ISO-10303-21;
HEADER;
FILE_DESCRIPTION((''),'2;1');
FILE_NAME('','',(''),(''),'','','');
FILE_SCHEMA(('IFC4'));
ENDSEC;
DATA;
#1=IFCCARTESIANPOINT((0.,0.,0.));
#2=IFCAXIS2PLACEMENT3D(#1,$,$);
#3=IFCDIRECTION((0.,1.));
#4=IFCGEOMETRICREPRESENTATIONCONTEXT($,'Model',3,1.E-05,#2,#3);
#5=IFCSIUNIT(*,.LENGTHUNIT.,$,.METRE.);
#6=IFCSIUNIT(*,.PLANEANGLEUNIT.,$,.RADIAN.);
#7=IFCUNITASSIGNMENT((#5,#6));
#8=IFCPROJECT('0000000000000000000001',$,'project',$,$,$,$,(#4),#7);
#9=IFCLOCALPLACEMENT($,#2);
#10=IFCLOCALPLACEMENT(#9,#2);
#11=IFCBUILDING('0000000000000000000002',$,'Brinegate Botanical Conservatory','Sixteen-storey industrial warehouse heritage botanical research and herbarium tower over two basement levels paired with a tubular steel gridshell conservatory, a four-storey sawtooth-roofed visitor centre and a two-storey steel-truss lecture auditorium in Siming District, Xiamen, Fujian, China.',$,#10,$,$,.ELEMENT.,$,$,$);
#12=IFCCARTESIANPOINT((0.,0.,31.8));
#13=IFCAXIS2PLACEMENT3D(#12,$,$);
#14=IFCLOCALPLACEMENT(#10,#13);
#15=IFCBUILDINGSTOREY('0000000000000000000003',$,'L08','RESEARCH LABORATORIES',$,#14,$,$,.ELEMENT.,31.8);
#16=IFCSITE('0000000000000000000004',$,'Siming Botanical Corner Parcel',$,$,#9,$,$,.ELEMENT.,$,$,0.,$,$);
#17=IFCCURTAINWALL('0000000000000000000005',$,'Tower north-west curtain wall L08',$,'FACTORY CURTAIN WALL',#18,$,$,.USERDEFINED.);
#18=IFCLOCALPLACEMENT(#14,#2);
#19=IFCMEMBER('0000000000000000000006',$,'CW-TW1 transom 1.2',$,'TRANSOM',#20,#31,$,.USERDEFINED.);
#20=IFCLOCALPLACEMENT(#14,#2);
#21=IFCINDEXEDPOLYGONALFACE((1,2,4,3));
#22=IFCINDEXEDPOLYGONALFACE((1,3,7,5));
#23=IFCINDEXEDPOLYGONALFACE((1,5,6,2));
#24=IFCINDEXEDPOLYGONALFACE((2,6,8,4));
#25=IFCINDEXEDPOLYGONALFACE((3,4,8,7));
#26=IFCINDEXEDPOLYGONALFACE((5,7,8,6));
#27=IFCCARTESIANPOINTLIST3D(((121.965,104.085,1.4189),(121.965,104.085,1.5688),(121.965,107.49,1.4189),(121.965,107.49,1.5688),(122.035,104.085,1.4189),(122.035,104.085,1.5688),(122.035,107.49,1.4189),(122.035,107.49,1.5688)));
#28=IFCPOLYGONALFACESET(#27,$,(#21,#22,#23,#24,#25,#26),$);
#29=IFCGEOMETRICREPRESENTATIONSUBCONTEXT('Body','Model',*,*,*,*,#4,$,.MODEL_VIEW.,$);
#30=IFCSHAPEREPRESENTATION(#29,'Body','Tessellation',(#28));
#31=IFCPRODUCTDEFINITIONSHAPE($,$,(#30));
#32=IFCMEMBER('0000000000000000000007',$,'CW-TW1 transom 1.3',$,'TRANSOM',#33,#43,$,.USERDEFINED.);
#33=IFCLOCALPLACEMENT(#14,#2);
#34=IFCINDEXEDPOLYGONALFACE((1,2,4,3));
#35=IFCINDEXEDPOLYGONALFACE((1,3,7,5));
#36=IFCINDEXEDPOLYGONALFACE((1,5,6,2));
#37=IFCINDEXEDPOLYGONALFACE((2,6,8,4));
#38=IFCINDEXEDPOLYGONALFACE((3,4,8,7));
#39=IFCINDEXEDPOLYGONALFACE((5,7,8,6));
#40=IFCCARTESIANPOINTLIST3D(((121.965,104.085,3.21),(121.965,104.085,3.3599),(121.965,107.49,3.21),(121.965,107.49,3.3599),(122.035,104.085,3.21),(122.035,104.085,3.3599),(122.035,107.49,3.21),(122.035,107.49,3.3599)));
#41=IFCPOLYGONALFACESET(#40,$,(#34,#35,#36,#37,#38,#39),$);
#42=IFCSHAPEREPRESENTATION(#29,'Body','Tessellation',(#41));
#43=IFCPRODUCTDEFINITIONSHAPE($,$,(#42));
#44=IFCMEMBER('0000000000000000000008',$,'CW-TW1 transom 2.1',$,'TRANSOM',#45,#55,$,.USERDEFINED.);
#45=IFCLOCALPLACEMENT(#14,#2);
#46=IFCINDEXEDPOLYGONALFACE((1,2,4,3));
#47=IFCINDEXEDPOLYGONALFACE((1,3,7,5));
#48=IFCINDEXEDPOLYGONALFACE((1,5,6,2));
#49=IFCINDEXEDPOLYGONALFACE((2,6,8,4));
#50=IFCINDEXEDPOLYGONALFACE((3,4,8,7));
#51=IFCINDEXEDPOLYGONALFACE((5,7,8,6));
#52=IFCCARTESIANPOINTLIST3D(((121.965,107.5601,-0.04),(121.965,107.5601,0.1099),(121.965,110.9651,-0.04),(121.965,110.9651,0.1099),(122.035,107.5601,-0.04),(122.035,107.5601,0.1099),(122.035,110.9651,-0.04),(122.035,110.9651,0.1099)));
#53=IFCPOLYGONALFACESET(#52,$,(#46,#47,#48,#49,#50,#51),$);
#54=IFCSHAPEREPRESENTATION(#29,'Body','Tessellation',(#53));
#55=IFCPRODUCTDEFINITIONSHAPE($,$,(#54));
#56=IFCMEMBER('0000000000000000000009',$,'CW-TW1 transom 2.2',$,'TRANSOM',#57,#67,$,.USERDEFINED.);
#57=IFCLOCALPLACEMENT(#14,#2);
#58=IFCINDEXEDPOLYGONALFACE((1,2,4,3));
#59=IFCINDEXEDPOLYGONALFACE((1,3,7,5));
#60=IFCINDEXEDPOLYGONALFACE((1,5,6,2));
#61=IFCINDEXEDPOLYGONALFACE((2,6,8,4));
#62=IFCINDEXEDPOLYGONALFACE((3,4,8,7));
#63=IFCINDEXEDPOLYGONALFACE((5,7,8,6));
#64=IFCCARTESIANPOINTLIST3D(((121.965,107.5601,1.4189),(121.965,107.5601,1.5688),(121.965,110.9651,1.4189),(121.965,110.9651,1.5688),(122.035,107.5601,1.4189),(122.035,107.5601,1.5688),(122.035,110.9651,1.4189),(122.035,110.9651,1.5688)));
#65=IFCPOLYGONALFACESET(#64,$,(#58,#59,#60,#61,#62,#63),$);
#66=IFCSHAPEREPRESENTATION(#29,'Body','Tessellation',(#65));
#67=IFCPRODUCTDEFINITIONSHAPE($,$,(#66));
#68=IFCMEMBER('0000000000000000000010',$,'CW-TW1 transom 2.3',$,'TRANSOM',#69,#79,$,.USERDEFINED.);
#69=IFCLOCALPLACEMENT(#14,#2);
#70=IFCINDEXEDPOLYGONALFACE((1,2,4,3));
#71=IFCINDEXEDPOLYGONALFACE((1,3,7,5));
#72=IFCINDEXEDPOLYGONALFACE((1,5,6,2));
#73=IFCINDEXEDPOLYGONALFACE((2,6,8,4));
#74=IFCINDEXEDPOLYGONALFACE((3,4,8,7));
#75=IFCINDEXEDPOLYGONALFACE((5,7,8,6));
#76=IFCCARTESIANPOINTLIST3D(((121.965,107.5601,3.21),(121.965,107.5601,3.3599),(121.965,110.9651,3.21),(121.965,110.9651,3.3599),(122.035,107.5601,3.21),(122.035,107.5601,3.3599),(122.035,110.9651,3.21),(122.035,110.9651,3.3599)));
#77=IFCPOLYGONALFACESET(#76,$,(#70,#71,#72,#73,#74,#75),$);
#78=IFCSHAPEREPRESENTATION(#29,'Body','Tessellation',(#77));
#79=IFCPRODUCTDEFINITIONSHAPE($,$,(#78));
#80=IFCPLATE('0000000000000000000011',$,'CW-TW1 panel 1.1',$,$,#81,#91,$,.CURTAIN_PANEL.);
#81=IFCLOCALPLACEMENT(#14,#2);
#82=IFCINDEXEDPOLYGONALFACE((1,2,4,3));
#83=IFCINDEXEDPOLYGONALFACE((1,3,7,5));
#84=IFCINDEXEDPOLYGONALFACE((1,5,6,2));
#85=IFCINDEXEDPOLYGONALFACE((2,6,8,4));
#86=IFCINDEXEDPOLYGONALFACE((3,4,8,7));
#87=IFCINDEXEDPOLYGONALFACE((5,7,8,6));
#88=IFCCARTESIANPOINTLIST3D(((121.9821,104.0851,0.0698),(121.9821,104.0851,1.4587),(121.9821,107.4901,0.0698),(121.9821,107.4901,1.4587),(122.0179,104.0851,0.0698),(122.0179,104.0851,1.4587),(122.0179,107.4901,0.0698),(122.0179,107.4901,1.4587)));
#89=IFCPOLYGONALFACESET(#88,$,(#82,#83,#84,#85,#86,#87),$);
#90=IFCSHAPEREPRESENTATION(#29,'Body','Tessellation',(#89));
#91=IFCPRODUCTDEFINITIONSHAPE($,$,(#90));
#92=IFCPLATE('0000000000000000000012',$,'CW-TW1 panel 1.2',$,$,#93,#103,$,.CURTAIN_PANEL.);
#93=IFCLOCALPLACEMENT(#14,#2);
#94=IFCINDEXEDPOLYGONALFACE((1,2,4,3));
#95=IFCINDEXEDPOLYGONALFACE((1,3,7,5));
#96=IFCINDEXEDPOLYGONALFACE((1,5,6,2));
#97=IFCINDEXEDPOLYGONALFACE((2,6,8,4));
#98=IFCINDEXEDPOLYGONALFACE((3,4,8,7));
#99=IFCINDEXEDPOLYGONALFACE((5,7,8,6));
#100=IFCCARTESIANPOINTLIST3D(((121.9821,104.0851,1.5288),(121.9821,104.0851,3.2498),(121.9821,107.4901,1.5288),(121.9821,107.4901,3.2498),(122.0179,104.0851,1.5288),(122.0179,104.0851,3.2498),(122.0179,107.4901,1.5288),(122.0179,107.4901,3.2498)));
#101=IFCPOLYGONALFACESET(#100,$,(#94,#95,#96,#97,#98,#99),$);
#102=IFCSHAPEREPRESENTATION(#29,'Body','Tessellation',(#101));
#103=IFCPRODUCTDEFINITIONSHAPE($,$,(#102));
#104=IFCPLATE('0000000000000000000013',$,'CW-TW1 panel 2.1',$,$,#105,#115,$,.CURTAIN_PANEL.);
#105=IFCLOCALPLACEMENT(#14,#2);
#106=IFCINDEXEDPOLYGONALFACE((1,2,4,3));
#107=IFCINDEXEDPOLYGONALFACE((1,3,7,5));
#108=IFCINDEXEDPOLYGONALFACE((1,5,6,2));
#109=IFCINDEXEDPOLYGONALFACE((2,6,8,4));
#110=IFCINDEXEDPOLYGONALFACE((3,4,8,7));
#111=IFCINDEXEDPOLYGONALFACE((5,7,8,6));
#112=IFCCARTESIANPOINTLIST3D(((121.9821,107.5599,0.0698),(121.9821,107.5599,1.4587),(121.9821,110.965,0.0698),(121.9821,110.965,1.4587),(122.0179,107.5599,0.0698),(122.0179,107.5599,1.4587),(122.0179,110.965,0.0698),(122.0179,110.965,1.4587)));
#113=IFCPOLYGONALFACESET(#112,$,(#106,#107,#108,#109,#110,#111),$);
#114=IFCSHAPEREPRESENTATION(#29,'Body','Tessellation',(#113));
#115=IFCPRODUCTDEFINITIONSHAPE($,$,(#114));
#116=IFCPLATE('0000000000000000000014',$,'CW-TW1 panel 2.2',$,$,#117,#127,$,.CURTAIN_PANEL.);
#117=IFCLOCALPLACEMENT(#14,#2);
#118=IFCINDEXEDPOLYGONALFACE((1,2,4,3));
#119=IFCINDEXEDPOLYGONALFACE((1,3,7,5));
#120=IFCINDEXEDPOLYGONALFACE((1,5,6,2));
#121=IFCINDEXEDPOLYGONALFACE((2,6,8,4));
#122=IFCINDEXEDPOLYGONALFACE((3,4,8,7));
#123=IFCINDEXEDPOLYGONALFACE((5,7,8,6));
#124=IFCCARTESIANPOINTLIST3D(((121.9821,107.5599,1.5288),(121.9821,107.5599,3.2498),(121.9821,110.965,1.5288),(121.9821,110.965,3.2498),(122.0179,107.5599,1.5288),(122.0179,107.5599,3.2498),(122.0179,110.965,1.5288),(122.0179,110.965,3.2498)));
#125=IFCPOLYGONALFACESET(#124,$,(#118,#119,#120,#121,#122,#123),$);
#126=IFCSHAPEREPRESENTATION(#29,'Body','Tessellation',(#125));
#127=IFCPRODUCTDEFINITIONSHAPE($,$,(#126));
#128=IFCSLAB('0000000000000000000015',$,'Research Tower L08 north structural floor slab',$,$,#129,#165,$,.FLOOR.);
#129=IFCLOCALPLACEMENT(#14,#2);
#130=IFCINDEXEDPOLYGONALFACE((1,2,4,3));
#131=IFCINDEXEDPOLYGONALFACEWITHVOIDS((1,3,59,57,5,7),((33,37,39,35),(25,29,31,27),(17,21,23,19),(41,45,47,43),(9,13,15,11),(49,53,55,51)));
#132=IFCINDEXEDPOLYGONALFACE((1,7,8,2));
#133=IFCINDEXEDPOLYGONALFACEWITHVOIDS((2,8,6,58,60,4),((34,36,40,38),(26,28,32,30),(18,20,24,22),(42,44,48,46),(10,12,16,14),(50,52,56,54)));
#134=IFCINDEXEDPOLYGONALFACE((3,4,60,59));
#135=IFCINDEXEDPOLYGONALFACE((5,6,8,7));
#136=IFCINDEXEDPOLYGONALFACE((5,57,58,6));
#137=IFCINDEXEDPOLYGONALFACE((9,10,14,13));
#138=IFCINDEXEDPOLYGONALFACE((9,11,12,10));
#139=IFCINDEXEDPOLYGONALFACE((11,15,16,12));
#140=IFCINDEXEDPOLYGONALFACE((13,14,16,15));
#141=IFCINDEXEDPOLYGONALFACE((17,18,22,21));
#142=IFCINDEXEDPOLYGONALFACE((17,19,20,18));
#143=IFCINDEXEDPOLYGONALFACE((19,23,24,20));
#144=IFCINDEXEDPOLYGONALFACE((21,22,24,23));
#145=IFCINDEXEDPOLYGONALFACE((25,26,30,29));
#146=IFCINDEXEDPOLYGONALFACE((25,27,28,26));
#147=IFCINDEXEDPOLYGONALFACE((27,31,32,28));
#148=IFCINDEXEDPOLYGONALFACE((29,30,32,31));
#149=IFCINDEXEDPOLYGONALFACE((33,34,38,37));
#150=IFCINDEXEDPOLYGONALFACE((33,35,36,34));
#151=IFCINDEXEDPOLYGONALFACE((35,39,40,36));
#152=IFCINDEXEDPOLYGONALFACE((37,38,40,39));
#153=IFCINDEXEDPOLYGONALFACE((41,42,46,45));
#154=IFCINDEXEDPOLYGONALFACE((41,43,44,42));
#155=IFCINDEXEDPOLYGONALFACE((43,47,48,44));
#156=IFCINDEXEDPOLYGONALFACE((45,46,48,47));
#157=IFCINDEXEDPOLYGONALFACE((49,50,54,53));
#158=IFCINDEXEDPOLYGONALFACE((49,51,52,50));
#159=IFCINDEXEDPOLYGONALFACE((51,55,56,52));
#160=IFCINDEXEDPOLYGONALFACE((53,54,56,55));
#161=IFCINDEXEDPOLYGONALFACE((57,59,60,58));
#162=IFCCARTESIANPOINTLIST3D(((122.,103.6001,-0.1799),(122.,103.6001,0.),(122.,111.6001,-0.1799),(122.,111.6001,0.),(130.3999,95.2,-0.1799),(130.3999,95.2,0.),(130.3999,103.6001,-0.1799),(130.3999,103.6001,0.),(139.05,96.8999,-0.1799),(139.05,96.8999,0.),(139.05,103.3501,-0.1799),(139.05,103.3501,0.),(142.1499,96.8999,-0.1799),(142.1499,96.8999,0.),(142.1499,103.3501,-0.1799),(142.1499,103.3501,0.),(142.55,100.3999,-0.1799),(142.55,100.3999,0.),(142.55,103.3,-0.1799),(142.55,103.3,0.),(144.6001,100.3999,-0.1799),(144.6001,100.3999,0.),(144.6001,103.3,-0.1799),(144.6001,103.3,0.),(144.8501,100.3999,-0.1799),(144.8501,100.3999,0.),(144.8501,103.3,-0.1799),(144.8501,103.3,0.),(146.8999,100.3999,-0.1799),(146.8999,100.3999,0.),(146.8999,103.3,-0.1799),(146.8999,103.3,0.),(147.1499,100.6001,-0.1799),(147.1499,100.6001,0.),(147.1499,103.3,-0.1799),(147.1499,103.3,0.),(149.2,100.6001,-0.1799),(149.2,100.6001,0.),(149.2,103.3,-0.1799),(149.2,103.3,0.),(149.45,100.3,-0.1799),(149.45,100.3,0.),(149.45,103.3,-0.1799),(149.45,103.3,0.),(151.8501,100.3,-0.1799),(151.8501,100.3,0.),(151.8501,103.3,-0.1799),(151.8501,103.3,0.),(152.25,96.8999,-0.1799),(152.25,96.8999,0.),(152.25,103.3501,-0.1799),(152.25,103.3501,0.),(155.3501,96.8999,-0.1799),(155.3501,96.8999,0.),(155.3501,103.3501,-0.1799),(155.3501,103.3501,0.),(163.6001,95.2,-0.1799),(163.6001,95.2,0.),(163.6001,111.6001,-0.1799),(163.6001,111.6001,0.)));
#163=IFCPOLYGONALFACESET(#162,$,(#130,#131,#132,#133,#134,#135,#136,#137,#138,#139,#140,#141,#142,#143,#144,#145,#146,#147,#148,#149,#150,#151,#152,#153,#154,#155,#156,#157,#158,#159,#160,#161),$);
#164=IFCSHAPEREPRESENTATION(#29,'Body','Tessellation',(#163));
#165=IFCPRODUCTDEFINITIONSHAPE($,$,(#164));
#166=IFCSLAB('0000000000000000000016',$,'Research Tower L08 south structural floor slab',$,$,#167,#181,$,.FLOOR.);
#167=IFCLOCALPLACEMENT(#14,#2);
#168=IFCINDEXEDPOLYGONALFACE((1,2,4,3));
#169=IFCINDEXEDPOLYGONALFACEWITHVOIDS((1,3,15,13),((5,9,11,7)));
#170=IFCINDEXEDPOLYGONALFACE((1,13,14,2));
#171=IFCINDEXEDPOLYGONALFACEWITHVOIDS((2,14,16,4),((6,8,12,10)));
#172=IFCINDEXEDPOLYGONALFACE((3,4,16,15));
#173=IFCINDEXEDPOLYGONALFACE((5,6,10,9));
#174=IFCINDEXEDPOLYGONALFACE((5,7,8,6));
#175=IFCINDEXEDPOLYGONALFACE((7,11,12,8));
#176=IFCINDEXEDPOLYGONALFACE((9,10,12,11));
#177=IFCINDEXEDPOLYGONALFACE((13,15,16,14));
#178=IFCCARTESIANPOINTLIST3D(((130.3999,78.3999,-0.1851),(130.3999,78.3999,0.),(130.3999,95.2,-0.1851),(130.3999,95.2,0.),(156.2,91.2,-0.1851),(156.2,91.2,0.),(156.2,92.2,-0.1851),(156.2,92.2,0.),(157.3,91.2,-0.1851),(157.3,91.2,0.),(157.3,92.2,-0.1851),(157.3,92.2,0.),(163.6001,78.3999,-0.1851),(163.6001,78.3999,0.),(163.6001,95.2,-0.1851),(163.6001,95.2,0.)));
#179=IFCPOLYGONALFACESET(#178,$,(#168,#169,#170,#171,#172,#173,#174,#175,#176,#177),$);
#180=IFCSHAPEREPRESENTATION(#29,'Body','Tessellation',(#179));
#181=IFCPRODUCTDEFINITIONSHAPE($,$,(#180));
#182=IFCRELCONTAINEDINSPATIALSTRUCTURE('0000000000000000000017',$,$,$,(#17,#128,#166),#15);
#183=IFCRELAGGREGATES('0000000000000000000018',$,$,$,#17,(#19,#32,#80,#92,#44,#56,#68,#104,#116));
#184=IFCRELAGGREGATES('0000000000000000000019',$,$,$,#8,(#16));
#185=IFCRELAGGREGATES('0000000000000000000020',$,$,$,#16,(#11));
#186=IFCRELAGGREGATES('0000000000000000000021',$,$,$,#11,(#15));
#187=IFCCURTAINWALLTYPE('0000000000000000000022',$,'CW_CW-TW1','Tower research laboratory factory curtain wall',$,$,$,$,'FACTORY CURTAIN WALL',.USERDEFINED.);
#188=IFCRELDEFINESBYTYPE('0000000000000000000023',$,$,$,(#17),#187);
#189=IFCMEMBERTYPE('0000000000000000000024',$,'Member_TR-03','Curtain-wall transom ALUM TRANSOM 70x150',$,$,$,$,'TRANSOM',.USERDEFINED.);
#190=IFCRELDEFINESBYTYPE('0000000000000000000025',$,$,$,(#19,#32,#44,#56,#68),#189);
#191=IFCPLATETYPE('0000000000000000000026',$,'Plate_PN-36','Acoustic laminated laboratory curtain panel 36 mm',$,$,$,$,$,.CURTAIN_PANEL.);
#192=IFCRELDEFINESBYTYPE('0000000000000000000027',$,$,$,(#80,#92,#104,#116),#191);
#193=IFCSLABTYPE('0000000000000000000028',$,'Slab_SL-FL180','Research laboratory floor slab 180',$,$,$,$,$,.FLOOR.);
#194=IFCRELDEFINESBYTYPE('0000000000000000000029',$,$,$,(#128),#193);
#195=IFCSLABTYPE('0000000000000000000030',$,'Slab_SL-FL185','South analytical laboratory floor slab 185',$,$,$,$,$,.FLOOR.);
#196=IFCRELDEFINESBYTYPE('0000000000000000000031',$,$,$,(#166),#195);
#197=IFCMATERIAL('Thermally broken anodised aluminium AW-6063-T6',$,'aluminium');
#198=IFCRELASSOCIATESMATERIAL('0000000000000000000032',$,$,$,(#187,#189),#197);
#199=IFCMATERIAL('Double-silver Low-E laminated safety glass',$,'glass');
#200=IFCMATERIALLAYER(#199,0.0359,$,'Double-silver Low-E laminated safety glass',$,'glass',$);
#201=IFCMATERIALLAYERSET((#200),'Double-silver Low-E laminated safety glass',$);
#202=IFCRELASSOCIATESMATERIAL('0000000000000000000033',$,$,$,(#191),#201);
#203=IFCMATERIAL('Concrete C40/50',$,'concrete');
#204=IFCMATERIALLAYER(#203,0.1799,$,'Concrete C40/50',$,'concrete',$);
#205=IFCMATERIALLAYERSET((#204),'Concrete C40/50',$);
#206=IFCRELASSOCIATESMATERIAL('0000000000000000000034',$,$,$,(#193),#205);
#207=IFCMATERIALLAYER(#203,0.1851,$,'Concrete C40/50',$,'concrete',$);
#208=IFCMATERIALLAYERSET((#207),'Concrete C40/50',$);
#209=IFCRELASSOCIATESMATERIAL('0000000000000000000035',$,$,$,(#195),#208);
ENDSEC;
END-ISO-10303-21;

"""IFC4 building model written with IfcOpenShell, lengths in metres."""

from ifc_helpers import new_model, si_unit, direction, frame, origin, origin_2d, place, context, subcontext, project, spatial, polyline, rectangle, outline, extrude, material, layer, layer_set, material_profile, profile_set, type_object, element, aggregate, save


model = new_model("IFC4")

# Units and contexts
model_context = context("Model", 3, precision=1e-05, world=origin(), true_north=direction((0.0, 1.0)))
body_context = subcontext(model_context, "Body", "Model", "MODEL_VIEW")
ifc_project = project(units=[si_unit("LENGTHUNIT", "METRE"), si_unit("PLANEANGLEUNIT", "RADIAN")], contexts=[model_context])

# Site, building, storey
site_placement = place(None, origin())
site = spatial("IfcSite", under=ifc_project, at=site_placement, Name="Siming Botanical Corner Parcel", CompositionType="ELEMENT", RefElevation=0.0)
building_placement = place(site_placement, origin())
building = spatial("IfcBuilding", under=site, at=building_placement, Name="Brinegate Botanical Conservatory", Description="Sixteen-storey industrial warehouse heritage botanical research and herbarium tower over two basement levels paired with a tubular steel gridshell conservatory, a four-storey sawtooth-roofed visitor centre and a two-storey steel-truss lecture auditorium in Siming District, Xiamen, Fujian, China.", CompositionType="ELEMENT")
storey_placement = place(building_placement, frame((0.0, 0.0, 31.8)))
storey = spatial("IfcBuildingStorey", under=building, at=storey_placement, Name="L08", Description="RESEARCH LABORATORIES", CompositionType="ELEMENT", Elevation=31.8)

# Shared definitions
ifc_material_1 = material(Name="Concrete C40/50", Category="concrete")

# Curtain wall, members, plates
ifc_material_2 = material(Name="Thermally broken anodised aluminium AW-6063-T6", Category="aluminium")
curtain_wall_type = type_object("IfcCurtainWallType", Name="CW_CW-TW1", Description="Tower research laboratory factory curtain wall", ElementType="FACTORY CURTAIN WALL", PredefinedType="USERDEFINED", material=ifc_material_2)
curtain_wall_placement = place(storey_placement, origin())
curtain_wall = element("IfcCurtainWall", 1, at=curtain_wall_placement, inside=storey, type_object=curtain_wall_type, Name="Tower north-west curtain wall L08", ObjectType="FACTORY CURTAIN WALL", PredefinedType="USERDEFINED")
ifc_material_profile_1 = material_profile(ifc_material_2, rectangle(XDim=0.0701, YDim=0.1499, at=origin_2d()), Name="ALUM TRANSOM 70x150")
ifc_profile_set_1 = profile_set([ifc_material_profile_1], Name="Thermally broken anodised aluminium AW-6063-T6")
member_type_1 = type_object("IfcMemberType", Name="Member_TR-03", Description="Curtain-wall transom ALUM TRANSOM 70x150", ElementType="TRANSOM", PredefinedType="USERDEFINED", material=ifc_profile_set_1)
member_1_placement = place(storey_placement, frame((122.0, 104.085, 1.4939), z_axis=(0.0, 1.0, 0.0), x_axis=(-1.0, 0.0, 0.0)))
member_1 = element("IfcMember", 2, at=member_1_placement, type_object=member_type_1, Name="CW-TW1 transom 1.2", ObjectType="TRANSOM", PredefinedType="USERDEFINED", context=body_context, shape_type="SweptSolid", body=[
    extrude(rectangle(XDim=0.0701, YDim=0.1499, at=origin_2d()), origin(), (0.0, 0.0, 1.0), 3.405),
])
member_2_placement = place(storey_placement, frame((122.0, 104.085, 3.2849), z_axis=(0.0, 1.0, 0.0), x_axis=(-1.0, 0.0, 0.0)))
member_2 = element("IfcMember", 3, at=member_2_placement, type_object=member_type_1, Name="CW-TW1 transom 1.3", ObjectType="TRANSOM", PredefinedType="USERDEFINED", context=body_context, shape_type="SweptSolid", body=[
    extrude(rectangle(XDim=0.0701, YDim=0.1499, at=origin_2d()), origin(), (0.0, 0.0, 1.0), 3.405),
])
member_3_placement = place(storey_placement, frame((122.0, 107.5601, 0.0349), z_axis=(0.0, 1.0, 0.0), x_axis=(-1.0, 0.0, 0.0)))
member_3 = element("IfcMember", 4, at=member_3_placement, type_object=member_type_1, Name="CW-TW1 transom 2.1", ObjectType="TRANSOM", PredefinedType="USERDEFINED", context=body_context, shape_type="SweptSolid", body=[
    extrude(rectangle(XDim=0.0701, YDim=0.1499, at=origin_2d()), origin(), (0.0, 0.0, 1.0), 3.405),
])
member_4_placement = place(storey_placement, frame((122.0, 107.5601, 1.4939), z_axis=(0.0, 1.0, 0.0), x_axis=(-1.0, 0.0, 0.0)))
member_4 = element("IfcMember", 5, at=member_4_placement, type_object=member_type_1, Name="CW-TW1 transom 2.2", ObjectType="TRANSOM", PredefinedType="USERDEFINED", context=body_context, shape_type="SweptSolid", body=[
    extrude(rectangle(XDim=0.0701, YDim=0.1499, at=origin_2d()), origin(), (0.0, 0.0, 1.0), 3.405),
])
member_5_placement = place(storey_placement, frame((122.0, 107.5601, 3.2849), z_axis=(0.0, 1.0, 0.0), x_axis=(-1.0, 0.0, 0.0)))
member_5 = element("IfcMember", 6, at=member_5_placement, type_object=member_type_1, Name="CW-TW1 transom 2.3", ObjectType="TRANSOM", PredefinedType="USERDEFINED", context=body_context, shape_type="SweptSolid", body=[
    extrude(rectangle(XDim=0.0701, YDim=0.1499, at=origin_2d()), origin(), (0.0, 0.0, 1.0), 3.405),
])
ifc_material_3 = material(Name="Double-silver Low-E laminated safety glass", Category="glass")
ifc_layer_1 = layer(ifc_material_3, 0.0359, Name="Double-silver Low-E laminated safety glass", Category="glass")
ifc_layer_set_1 = layer_set([ifc_layer_1], Name="Double-silver Low-E laminated safety glass")
plate_type = type_object("IfcPlateType", Name="Plate_PN-36", Description="Acoustic laminated laboratory curtain panel 36 mm", PredefinedType="CURTAIN_PANEL", material=ifc_layer_set_1)
plate_1_placement = place(storey_placement, frame((122.0, 105.7876, 0.0698), z_axis=(0.0, 0.0, 1.0), x_axis=(0.0, 1.0, 0.0)))
plate_1 = element("IfcPlate", 7, at=plate_1_placement, type_object=plate_type, Name="CW-TW1 panel 1.1", PredefinedType="CURTAIN_PANEL", context=body_context, shape_type="SweptSolid", body=[
    extrude(rectangle(XDim=3.405, YDim=0.0359, at=origin_2d()), origin(), (0.0, 0.0, 1.0), 1.3889),
])
plate_2_placement = place(storey_placement, frame((122.0, 105.7876, 1.5288), z_axis=(0.0, 0.0, 1.0), x_axis=(0.0, 1.0, 0.0)))
plate_2 = element("IfcPlate", 8, at=plate_2_placement, type_object=plate_type, Name="CW-TW1 panel 1.2", PredefinedType="CURTAIN_PANEL", context=body_context, shape_type="SweptSolid", body=[
    extrude(rectangle(XDim=3.405, YDim=0.0359, at=origin_2d()), origin(), (0.0, 0.0, 1.0), 1.7209),
])
plate_3_placement = place(storey_placement, frame((122.0, 109.2625, 0.0698), z_axis=(0.0, 0.0, 1.0), x_axis=(0.0, 1.0, 0.0)))
plate_3 = element("IfcPlate", 9, at=plate_3_placement, type_object=plate_type, Name="CW-TW1 panel 2.1", PredefinedType="CURTAIN_PANEL", context=body_context, shape_type="SweptSolid", body=[
    extrude(rectangle(XDim=3.405, YDim=0.0359, at=origin_2d()), origin(), (0.0, 0.0, 1.0), 1.3889),
])
plate_4_placement = place(storey_placement, frame((122.0, 109.2625, 1.5288), z_axis=(0.0, 0.0, 1.0), x_axis=(0.0, 1.0, 0.0)))
plate_4 = element("IfcPlate", 10, at=plate_4_placement, type_object=plate_type, Name="CW-TW1 panel 2.2", PredefinedType="CURTAIN_PANEL", context=body_context, shape_type="SweptSolid", body=[
    extrude(rectangle(XDim=3.405, YDim=0.0359, at=origin_2d()), origin(), (0.0, 0.0, 1.0), 1.7209),
])
aggregate(curtain_wall, [member_1, member_2, plate_1, plate_2, member_3, member_4, member_5, plate_3, plate_4])

# Slabs
ifc_layer_2 = layer(ifc_material_1, 0.1799, Name="Concrete C40/50", Category="concrete")
ifc_layer_set_2 = layer_set([ifc_layer_2], Name="Concrete C40/50")
slab_type_1 = type_object("IfcSlabType", Name="Slab_SL-FL180", Description="Research laboratory floor slab 180", PredefinedType="FLOOR", material=ifc_layer_set_2)
slab_1_placement = place(storey_placement, frame((0.0, 0.0, -0.1799)))
element("IfcSlab", 11, at=slab_1_placement, inside=storey, type_object=slab_type_1, Name="Research Tower L08 north structural floor slab", PredefinedType="FLOOR", context=body_context, shape_type="SweptSolid", body=[
    extrude(outline(polyline([(130.3999, 103.6001), (122.0, 103.6001), (122.0, 111.6001), (163.6001, 111.6001), (163.6001, 95.2), (130.3999, 95.2), (130.3999, 103.6001)]), holes=[polyline([(142.1499, 96.8999), (142.1499, 103.3501), (139.05, 103.3501), (139.05, 96.8999), (142.1499, 96.8999)]), polyline([(155.3501, 96.8999), (155.3501, 103.3501), (152.25, 103.3501), (152.25, 96.8999), (155.3501, 96.8999)]), polyline([(142.55, 100.3999), (144.6001, 100.3999), (144.6001, 103.3), (142.55, 103.3), (142.55, 100.3999)]), polyline([(144.8501, 100.3999), (146.8999, 100.3999), (146.8999, 103.3), (144.8501, 103.3), (144.8501, 100.3999)]), polyline([(147.1499, 100.6001), (149.2, 100.6001), (149.2, 103.3), (147.1499, 103.3), (147.1499, 100.6001)]), polyline([(149.45, 100.3), (151.8501, 100.3), (151.8501, 103.3), (149.45, 103.3), (149.45, 100.3)])]), origin(), (0.0, 0.0, 1.0), 0.1799),
])
ifc_layer_3 = layer(ifc_material_1, 0.1851, Name="Concrete C40/50", Category="concrete")
ifc_layer_set_3 = layer_set([ifc_layer_3], Name="Concrete C40/50")
slab_type_2 = type_object("IfcSlabType", Name="Slab_SL-FL185", Description="South analytical laboratory floor slab 185", PredefinedType="FLOOR", material=ifc_layer_set_3)
slab_2_placement = place(storey_placement, frame((0.0, 0.0, -0.1851)))
element("IfcSlab", 12, at=slab_2_placement, inside=storey, type_object=slab_type_2, Name="Research Tower L08 south structural floor slab", PredefinedType="FLOOR", context=body_context, shape_type="SweptSolid", body=[
    extrude(outline(polyline([(163.6001, 78.3999), (130.3999, 78.3999), (130.3999, 95.2), (163.6001, 95.2), (163.6001, 78.3999)]), holes=[polyline([(156.2, 91.2), (157.3, 91.2), (157.3, 92.2), (156.2, 92.2), (156.2, 91.2)])]), origin(), (0.0, 0.0, 1.0), 0.1851),
])

save(model, "model.ifc")
